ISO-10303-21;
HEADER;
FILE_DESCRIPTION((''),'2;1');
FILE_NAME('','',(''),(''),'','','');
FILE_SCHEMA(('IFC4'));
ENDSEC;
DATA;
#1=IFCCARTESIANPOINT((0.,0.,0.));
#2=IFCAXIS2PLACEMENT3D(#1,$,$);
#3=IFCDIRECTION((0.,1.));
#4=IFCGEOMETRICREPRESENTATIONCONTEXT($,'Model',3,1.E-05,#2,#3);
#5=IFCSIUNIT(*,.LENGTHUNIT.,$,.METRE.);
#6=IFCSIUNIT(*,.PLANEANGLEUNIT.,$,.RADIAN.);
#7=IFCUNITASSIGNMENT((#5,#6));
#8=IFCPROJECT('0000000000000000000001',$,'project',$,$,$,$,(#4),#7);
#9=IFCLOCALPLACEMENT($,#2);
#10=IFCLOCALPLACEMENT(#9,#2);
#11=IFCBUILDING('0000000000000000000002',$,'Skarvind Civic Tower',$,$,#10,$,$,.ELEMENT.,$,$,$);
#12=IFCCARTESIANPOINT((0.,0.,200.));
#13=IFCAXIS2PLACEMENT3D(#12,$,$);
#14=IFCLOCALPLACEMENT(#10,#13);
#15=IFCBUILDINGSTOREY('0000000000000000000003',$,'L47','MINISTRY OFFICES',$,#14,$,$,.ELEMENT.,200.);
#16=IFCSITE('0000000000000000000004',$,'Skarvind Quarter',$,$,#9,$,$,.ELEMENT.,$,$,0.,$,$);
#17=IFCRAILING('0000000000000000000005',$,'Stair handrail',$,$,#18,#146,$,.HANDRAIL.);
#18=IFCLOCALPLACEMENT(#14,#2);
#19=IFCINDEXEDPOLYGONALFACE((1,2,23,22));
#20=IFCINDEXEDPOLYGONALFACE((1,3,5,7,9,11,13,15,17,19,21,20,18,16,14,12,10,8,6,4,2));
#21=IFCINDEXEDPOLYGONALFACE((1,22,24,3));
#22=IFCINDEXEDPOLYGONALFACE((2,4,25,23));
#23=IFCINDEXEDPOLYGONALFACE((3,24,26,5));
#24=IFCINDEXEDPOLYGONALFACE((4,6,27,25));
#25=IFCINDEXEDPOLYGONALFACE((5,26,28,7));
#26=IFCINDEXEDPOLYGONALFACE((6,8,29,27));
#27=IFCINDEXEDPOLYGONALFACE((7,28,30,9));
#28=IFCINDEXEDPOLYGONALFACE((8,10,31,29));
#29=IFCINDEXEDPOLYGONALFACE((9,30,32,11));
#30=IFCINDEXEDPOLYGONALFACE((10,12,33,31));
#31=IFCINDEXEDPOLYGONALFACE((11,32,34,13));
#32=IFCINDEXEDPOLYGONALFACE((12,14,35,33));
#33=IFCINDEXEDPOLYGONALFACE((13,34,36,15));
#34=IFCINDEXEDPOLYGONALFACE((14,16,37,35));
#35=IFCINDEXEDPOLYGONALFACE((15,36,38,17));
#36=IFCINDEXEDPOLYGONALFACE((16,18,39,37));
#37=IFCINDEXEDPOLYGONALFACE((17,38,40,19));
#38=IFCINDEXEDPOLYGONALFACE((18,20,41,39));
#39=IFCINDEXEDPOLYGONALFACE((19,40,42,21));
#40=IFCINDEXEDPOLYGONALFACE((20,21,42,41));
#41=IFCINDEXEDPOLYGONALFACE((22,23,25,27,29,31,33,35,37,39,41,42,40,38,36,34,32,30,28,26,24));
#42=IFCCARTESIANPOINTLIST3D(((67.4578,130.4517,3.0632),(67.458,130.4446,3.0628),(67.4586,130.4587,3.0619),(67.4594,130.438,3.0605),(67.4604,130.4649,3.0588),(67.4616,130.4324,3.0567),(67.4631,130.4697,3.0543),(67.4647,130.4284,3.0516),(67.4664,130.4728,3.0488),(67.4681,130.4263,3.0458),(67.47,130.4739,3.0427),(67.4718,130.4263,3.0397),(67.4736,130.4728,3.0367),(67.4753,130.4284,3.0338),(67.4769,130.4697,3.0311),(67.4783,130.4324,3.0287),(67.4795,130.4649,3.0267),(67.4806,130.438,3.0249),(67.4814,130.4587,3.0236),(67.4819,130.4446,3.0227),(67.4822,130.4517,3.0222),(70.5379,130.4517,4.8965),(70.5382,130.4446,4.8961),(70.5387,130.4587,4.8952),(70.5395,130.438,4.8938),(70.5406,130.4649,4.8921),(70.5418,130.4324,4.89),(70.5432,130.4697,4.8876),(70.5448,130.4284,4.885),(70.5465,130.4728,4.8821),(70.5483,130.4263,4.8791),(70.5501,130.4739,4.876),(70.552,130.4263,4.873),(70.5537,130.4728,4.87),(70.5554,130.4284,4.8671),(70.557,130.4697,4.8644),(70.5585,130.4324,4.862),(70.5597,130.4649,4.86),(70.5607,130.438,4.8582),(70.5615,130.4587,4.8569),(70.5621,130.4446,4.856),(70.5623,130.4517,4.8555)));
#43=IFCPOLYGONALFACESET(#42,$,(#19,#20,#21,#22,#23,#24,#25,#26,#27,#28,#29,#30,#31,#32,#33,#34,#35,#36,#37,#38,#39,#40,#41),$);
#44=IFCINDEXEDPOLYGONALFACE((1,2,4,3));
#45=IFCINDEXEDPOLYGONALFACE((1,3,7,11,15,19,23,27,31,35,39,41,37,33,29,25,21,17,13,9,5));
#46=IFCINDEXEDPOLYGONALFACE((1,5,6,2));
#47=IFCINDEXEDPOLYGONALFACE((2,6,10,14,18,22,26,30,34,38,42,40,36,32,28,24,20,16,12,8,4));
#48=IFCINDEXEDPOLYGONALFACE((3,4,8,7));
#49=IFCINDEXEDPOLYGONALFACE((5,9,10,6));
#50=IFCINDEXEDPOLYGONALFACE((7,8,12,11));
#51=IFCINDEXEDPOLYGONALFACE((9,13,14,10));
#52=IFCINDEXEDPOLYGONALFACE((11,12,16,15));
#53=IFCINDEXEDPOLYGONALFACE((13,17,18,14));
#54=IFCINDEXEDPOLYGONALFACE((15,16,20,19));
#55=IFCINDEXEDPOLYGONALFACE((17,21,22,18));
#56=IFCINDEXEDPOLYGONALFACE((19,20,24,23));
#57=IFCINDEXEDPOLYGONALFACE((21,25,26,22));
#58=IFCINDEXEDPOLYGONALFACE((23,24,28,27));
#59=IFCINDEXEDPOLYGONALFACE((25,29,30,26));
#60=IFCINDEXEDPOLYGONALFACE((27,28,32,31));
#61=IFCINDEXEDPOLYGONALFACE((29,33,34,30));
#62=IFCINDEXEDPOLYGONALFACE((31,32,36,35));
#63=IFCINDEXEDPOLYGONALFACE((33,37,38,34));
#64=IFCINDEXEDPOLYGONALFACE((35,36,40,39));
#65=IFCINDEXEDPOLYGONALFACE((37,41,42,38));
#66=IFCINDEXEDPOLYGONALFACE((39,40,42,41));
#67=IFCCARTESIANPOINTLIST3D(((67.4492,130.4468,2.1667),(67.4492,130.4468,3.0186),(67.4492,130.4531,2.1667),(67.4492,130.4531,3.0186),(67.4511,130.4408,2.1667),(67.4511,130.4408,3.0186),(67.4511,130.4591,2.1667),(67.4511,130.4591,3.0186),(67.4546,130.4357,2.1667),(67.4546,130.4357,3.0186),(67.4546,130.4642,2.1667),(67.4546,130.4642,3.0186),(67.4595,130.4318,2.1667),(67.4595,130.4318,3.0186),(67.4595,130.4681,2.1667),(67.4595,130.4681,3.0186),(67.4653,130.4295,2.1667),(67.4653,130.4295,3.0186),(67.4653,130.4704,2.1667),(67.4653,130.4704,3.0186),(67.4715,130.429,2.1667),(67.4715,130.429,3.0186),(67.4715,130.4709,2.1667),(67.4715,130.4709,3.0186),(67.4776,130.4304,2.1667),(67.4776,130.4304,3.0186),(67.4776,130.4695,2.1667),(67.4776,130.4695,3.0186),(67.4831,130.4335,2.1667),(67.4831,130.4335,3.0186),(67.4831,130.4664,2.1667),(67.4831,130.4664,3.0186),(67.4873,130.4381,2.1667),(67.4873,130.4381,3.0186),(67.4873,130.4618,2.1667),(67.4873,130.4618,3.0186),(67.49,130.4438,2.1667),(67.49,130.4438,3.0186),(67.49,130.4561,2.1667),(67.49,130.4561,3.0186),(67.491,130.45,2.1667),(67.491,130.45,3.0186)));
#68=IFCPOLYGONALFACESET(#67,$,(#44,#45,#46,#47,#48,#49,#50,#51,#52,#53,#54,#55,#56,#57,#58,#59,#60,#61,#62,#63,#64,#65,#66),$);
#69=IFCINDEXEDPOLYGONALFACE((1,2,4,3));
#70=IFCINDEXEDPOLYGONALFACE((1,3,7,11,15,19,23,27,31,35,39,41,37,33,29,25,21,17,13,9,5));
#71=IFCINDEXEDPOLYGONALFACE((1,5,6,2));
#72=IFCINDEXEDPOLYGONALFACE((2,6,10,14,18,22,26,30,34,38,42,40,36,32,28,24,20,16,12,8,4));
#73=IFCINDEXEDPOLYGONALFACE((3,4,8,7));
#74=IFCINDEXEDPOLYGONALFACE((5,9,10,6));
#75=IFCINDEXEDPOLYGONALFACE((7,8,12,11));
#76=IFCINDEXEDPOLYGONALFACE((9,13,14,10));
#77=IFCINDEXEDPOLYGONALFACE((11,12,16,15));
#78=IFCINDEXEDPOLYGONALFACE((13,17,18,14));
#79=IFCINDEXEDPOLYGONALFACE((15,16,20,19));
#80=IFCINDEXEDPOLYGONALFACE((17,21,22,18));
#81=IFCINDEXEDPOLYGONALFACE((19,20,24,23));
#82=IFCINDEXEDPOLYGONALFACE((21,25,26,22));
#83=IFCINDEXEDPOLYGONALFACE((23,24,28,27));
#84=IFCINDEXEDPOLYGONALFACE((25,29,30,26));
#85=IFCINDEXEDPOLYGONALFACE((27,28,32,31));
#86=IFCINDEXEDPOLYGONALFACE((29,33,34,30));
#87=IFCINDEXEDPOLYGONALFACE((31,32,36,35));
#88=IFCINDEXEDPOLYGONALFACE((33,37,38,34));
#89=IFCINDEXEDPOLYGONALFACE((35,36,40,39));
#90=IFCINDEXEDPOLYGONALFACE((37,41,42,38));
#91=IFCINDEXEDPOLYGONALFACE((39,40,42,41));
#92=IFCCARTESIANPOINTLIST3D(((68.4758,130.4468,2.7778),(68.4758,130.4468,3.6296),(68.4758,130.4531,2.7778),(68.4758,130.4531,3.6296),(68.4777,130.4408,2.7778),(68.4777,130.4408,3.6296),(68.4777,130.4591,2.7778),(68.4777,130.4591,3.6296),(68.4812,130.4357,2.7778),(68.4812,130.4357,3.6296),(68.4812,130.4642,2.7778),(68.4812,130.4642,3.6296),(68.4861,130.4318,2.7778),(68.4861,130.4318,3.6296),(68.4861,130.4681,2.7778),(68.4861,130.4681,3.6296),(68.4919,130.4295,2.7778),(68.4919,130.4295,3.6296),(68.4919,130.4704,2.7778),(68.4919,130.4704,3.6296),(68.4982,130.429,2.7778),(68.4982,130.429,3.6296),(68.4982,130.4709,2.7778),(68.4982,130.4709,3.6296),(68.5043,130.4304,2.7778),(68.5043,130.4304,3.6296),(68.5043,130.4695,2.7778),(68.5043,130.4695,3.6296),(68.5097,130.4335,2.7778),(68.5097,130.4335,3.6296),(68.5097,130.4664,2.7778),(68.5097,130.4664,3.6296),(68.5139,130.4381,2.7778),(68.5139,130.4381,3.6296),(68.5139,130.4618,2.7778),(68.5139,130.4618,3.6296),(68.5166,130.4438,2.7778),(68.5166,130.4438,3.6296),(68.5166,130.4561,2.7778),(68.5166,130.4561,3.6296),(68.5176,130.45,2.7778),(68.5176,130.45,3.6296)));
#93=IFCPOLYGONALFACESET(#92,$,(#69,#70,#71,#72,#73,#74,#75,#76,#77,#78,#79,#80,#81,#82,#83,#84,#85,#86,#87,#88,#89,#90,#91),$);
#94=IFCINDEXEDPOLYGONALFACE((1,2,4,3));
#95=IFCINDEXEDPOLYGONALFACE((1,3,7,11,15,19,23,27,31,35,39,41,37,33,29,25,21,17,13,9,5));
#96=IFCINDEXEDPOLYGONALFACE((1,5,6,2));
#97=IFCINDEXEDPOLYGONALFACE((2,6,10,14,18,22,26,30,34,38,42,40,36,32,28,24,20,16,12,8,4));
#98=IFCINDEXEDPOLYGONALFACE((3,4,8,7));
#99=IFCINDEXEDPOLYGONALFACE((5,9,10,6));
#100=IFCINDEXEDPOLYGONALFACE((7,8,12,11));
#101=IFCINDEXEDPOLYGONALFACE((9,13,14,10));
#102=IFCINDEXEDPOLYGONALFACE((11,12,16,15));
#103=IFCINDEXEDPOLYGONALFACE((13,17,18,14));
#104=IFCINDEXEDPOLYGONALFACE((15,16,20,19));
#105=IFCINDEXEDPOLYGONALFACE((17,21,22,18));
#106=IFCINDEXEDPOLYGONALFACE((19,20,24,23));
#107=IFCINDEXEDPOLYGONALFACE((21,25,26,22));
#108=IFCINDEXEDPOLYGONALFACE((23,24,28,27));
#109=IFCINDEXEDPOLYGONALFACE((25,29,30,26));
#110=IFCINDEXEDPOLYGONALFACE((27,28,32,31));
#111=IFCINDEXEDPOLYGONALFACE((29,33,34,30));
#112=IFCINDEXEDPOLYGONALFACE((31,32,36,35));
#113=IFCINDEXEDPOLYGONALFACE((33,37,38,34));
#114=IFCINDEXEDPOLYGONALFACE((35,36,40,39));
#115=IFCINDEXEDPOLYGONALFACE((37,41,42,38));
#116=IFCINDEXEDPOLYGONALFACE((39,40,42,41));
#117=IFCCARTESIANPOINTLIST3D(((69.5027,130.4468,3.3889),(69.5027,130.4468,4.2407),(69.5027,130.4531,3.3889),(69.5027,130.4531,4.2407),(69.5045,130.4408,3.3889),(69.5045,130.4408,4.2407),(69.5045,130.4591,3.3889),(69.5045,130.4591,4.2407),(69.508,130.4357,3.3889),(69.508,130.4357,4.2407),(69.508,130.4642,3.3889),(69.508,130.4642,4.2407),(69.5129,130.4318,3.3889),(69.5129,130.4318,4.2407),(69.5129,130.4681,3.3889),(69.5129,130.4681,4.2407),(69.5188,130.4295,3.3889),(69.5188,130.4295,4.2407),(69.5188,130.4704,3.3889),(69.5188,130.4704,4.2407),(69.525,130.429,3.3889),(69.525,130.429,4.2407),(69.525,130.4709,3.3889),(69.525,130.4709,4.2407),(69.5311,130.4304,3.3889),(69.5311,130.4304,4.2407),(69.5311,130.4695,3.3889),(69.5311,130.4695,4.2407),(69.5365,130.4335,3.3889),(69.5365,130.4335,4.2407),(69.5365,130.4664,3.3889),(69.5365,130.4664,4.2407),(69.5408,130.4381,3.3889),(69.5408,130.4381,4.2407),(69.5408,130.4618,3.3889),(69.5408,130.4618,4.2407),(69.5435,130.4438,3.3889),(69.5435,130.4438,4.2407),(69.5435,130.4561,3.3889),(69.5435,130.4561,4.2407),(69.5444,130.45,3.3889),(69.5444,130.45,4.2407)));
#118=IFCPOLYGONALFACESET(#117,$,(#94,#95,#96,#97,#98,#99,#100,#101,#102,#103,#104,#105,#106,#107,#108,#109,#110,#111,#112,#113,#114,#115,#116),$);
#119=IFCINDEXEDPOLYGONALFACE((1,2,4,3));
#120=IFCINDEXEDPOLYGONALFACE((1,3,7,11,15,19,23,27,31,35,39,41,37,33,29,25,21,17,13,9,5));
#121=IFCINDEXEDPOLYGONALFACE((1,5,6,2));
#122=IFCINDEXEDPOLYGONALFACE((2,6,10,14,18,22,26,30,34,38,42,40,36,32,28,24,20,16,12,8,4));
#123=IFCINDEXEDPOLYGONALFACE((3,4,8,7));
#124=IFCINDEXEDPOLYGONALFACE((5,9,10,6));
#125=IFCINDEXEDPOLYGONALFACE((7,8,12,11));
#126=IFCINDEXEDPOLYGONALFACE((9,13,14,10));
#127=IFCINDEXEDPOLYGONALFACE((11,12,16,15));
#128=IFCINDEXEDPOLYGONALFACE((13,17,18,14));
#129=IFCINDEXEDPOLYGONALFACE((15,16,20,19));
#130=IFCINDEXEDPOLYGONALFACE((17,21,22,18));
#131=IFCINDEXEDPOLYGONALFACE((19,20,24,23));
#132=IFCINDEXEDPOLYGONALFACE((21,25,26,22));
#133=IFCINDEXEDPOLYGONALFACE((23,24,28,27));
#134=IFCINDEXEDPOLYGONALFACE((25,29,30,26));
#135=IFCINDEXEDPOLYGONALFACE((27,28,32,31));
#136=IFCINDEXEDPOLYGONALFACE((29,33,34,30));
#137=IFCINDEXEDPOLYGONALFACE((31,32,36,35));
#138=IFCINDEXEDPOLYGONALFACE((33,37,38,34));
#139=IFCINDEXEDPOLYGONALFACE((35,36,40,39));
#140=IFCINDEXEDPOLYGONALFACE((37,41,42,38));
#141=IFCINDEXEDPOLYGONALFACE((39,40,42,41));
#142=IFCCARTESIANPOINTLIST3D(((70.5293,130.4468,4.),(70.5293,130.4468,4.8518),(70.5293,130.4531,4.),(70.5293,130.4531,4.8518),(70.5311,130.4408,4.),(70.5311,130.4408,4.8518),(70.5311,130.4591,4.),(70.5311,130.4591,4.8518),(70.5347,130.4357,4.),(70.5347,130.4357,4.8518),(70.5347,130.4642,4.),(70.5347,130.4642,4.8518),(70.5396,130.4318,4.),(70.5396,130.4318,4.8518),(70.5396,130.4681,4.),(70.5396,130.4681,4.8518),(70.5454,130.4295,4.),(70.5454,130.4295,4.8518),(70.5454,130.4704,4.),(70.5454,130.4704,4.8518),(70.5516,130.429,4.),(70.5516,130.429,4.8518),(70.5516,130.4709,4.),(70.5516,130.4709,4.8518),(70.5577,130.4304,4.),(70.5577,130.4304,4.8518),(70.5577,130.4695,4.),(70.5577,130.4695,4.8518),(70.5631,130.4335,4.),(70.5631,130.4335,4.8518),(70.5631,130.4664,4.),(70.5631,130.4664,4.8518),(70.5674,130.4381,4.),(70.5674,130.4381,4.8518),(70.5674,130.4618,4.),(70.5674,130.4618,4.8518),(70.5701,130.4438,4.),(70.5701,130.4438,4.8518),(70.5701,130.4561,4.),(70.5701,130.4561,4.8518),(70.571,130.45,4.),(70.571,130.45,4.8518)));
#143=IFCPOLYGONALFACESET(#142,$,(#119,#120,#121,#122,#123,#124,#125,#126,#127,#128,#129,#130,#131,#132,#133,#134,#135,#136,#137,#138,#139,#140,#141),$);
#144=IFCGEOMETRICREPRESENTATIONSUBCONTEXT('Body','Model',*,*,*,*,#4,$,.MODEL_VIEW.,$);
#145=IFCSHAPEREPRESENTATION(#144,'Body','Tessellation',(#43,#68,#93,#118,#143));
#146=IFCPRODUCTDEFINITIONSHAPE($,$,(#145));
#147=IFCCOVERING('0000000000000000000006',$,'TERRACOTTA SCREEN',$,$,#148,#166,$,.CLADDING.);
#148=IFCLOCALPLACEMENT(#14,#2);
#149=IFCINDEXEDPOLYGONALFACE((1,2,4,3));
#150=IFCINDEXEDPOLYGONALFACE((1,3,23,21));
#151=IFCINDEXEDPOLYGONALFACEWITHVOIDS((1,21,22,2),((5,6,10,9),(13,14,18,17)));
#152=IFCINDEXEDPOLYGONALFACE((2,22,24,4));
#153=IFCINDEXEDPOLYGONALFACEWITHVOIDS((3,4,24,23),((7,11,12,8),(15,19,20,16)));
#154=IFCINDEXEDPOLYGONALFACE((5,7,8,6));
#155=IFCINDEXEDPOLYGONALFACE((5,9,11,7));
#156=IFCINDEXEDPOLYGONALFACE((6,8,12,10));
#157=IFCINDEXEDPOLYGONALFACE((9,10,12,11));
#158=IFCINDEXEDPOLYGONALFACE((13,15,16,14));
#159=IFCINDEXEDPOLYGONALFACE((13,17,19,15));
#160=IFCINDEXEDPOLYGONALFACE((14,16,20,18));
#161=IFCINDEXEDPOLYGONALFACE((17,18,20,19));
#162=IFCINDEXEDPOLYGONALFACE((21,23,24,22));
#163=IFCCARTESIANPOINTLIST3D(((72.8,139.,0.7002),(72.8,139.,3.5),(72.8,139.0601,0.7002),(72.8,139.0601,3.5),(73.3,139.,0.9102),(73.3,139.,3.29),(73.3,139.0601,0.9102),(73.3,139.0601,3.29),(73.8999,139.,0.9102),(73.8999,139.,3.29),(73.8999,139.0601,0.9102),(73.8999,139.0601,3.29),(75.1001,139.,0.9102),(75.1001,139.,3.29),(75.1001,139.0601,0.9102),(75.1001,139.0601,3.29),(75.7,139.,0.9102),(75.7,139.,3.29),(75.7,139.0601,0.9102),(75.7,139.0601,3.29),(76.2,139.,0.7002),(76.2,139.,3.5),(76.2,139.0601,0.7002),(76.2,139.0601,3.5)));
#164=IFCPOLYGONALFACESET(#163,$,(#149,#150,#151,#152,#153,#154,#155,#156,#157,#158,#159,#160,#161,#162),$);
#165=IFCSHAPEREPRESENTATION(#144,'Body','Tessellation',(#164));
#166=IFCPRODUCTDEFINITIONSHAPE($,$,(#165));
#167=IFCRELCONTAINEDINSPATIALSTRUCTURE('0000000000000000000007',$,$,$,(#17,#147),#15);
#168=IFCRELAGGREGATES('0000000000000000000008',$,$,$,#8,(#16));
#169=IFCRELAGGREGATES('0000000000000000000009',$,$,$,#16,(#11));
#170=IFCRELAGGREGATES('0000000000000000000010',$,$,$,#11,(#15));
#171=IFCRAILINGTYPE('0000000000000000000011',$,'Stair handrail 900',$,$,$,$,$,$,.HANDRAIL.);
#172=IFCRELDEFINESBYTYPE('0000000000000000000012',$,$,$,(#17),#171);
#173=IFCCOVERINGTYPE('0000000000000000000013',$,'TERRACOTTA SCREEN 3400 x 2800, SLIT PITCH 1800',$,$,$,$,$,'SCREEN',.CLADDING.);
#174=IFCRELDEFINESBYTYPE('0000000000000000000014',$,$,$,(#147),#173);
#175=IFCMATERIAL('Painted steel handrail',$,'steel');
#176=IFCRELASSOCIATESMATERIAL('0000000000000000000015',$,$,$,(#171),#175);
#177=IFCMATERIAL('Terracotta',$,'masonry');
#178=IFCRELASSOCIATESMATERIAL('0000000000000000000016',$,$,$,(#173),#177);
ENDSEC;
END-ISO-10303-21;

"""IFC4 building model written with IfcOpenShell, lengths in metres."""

from ifc_helpers import new_model, si_unit, direction, frame, origin, origin_2d, place, context, subcontext, project, spatial, polyline, circle, outline, extrude, material, material_profile, profile_set, type_object, element, save


model = new_model("IFC4")

# Units and contexts
model_context = context("Model", 3, precision=1e-05, world=origin(), true_north=direction((0.0, 1.0)))
body_context = subcontext(model_context, "Body", "Model", "MODEL_VIEW")
ifc_project = project(units=[si_unit("LENGTHUNIT", "METRE"), si_unit("PLANEANGLEUNIT", "RADIAN")], contexts=[model_context])

# Site, building, storey
site_placement = place(None, origin())
site = spatial("IfcSite", under=ifc_project, at=site_placement, Name="Skarvind Quarter", CompositionType="ELEMENT", RefElevation=0.0)
building_placement = place(site_placement, origin())
building = spatial("IfcBuilding", under=site, at=building_placement, Name="Skarvind Civic Tower", CompositionType="ELEMENT")
storey_placement = place(building_placement, frame((0.0, 0.0, 200.0)))
storey = spatial("IfcBuildingStorey", under=building, at=storey_placement, Name="L47", Description="MINISTRY OFFICES", CompositionType="ELEMENT", Elevation=200.0)

# Railing
ifc_material_1 = material(Name="Painted steel handrail", Category="steel")
railing_type = type_object("IfcRailingType", Name="Stair handrail 900", PredefinedType="HANDRAIL", material=ifc_material_1)
railing_1_placement = place(storey_placement, frame((67.47, 130.45, 2.1667)))
element("IfcRailing", 1, at=railing_1_placement, inside=storey, type_object=railing_type, Name="Stair handrail", PredefinedType="HANDRAIL", context=body_context, shape_type="SweptSolid", body=[
    extrude(circle(Radius=0.0239, at=origin_2d()), frame((0.0, 0.0, 0.876), z_axis=(0.859309, 0.0, 0.511458), x_axis=(0.0, 1.0, 0.0)), (0.0, 0.0, 1.0), 3.5845),
    extrude(circle(Radius=0.021, at=origin_2d()), origin(), (0.0, 0.0, 1.0), 0.8518),
    extrude(circle(Radius=0.021, at=origin_2d()), frame((1.0266, 0.0, 0.6111)), (0.0, 0.0, 1.0), 0.8518),
    extrude(circle(Radius=0.021, at=origin_2d()), frame((2.0535, 0.0, 1.2222)), (0.0, 0.0, 1.0), 0.8518),
    extrude(circle(Radius=0.021, at=origin_2d()), frame((3.0801, 0.0, 1.8333)), (0.0, 0.0, 1.0), 0.8518),
])

# Covering
ifc_material_2 = material(Name="Terracotta", Category="masonry")
ifc_material_profile_1 = material_profile(ifc_material_2, outline(polyline([(-1.7, -1.3999), (1.7, -1.3999), (1.7, 1.3999), (-1.7, 1.3999), (-1.7, -1.3999)]), holes=[polyline([(-1.2, -1.1899), (-0.6001, -1.1899), (-0.6001, 1.1899), (-1.2, 1.1899), (-1.2, -1.1899)]), polyline([(0.6001, -1.1899), (1.2, -1.1899), (1.2, 1.1899), (0.6001, 1.1899), (0.6001, -1.1899)])]), Name="TERRACOTTA SCREEN 3400 x 2800, SLIT PITCH 1800")
ifc_profile_set_1 = profile_set([ifc_material_profile_1], Name="Terracotta")
covering_type = type_object("IfcCoveringType", Name="TERRACOTTA SCREEN 3400 x 2800, SLIT PITCH 1800", ElementType="SCREEN", PredefinedType="CLADDING", material=ifc_profile_set_1)
covering_placement = place(storey_placement, frame((74.5, 139.0, 2.1001), z_axis=(0.0, 1.0, 0.0), x_axis=(-1.0, 0.0, 0.0)))
element("IfcCovering", 2, at=covering_placement, inside=storey, type_object=covering_type, Name="TERRACOTTA SCREEN", PredefinedType="CLADDING", context=body_context, shape_type="SweptSolid", body=[
    extrude(outline(polyline([(-1.7, -1.3999), (1.7, -1.3999), (1.7, 1.3999), (-1.7, 1.3999), (-1.7, -1.3999)]), holes=[polyline([(-1.2, -1.1899), (-0.6001, -1.1899), (-0.6001, 1.1899), (-1.2, 1.1899), (-1.2, -1.1899)]), polyline([(0.6001, -1.1899), (1.2, -1.1899), (1.2, 1.1899), (0.6001, 1.1899), (0.6001, -1.1899)])]), origin(), (0.0, 0.0, 1.0), 0.0601),
])

save(model, "model.ifc")
